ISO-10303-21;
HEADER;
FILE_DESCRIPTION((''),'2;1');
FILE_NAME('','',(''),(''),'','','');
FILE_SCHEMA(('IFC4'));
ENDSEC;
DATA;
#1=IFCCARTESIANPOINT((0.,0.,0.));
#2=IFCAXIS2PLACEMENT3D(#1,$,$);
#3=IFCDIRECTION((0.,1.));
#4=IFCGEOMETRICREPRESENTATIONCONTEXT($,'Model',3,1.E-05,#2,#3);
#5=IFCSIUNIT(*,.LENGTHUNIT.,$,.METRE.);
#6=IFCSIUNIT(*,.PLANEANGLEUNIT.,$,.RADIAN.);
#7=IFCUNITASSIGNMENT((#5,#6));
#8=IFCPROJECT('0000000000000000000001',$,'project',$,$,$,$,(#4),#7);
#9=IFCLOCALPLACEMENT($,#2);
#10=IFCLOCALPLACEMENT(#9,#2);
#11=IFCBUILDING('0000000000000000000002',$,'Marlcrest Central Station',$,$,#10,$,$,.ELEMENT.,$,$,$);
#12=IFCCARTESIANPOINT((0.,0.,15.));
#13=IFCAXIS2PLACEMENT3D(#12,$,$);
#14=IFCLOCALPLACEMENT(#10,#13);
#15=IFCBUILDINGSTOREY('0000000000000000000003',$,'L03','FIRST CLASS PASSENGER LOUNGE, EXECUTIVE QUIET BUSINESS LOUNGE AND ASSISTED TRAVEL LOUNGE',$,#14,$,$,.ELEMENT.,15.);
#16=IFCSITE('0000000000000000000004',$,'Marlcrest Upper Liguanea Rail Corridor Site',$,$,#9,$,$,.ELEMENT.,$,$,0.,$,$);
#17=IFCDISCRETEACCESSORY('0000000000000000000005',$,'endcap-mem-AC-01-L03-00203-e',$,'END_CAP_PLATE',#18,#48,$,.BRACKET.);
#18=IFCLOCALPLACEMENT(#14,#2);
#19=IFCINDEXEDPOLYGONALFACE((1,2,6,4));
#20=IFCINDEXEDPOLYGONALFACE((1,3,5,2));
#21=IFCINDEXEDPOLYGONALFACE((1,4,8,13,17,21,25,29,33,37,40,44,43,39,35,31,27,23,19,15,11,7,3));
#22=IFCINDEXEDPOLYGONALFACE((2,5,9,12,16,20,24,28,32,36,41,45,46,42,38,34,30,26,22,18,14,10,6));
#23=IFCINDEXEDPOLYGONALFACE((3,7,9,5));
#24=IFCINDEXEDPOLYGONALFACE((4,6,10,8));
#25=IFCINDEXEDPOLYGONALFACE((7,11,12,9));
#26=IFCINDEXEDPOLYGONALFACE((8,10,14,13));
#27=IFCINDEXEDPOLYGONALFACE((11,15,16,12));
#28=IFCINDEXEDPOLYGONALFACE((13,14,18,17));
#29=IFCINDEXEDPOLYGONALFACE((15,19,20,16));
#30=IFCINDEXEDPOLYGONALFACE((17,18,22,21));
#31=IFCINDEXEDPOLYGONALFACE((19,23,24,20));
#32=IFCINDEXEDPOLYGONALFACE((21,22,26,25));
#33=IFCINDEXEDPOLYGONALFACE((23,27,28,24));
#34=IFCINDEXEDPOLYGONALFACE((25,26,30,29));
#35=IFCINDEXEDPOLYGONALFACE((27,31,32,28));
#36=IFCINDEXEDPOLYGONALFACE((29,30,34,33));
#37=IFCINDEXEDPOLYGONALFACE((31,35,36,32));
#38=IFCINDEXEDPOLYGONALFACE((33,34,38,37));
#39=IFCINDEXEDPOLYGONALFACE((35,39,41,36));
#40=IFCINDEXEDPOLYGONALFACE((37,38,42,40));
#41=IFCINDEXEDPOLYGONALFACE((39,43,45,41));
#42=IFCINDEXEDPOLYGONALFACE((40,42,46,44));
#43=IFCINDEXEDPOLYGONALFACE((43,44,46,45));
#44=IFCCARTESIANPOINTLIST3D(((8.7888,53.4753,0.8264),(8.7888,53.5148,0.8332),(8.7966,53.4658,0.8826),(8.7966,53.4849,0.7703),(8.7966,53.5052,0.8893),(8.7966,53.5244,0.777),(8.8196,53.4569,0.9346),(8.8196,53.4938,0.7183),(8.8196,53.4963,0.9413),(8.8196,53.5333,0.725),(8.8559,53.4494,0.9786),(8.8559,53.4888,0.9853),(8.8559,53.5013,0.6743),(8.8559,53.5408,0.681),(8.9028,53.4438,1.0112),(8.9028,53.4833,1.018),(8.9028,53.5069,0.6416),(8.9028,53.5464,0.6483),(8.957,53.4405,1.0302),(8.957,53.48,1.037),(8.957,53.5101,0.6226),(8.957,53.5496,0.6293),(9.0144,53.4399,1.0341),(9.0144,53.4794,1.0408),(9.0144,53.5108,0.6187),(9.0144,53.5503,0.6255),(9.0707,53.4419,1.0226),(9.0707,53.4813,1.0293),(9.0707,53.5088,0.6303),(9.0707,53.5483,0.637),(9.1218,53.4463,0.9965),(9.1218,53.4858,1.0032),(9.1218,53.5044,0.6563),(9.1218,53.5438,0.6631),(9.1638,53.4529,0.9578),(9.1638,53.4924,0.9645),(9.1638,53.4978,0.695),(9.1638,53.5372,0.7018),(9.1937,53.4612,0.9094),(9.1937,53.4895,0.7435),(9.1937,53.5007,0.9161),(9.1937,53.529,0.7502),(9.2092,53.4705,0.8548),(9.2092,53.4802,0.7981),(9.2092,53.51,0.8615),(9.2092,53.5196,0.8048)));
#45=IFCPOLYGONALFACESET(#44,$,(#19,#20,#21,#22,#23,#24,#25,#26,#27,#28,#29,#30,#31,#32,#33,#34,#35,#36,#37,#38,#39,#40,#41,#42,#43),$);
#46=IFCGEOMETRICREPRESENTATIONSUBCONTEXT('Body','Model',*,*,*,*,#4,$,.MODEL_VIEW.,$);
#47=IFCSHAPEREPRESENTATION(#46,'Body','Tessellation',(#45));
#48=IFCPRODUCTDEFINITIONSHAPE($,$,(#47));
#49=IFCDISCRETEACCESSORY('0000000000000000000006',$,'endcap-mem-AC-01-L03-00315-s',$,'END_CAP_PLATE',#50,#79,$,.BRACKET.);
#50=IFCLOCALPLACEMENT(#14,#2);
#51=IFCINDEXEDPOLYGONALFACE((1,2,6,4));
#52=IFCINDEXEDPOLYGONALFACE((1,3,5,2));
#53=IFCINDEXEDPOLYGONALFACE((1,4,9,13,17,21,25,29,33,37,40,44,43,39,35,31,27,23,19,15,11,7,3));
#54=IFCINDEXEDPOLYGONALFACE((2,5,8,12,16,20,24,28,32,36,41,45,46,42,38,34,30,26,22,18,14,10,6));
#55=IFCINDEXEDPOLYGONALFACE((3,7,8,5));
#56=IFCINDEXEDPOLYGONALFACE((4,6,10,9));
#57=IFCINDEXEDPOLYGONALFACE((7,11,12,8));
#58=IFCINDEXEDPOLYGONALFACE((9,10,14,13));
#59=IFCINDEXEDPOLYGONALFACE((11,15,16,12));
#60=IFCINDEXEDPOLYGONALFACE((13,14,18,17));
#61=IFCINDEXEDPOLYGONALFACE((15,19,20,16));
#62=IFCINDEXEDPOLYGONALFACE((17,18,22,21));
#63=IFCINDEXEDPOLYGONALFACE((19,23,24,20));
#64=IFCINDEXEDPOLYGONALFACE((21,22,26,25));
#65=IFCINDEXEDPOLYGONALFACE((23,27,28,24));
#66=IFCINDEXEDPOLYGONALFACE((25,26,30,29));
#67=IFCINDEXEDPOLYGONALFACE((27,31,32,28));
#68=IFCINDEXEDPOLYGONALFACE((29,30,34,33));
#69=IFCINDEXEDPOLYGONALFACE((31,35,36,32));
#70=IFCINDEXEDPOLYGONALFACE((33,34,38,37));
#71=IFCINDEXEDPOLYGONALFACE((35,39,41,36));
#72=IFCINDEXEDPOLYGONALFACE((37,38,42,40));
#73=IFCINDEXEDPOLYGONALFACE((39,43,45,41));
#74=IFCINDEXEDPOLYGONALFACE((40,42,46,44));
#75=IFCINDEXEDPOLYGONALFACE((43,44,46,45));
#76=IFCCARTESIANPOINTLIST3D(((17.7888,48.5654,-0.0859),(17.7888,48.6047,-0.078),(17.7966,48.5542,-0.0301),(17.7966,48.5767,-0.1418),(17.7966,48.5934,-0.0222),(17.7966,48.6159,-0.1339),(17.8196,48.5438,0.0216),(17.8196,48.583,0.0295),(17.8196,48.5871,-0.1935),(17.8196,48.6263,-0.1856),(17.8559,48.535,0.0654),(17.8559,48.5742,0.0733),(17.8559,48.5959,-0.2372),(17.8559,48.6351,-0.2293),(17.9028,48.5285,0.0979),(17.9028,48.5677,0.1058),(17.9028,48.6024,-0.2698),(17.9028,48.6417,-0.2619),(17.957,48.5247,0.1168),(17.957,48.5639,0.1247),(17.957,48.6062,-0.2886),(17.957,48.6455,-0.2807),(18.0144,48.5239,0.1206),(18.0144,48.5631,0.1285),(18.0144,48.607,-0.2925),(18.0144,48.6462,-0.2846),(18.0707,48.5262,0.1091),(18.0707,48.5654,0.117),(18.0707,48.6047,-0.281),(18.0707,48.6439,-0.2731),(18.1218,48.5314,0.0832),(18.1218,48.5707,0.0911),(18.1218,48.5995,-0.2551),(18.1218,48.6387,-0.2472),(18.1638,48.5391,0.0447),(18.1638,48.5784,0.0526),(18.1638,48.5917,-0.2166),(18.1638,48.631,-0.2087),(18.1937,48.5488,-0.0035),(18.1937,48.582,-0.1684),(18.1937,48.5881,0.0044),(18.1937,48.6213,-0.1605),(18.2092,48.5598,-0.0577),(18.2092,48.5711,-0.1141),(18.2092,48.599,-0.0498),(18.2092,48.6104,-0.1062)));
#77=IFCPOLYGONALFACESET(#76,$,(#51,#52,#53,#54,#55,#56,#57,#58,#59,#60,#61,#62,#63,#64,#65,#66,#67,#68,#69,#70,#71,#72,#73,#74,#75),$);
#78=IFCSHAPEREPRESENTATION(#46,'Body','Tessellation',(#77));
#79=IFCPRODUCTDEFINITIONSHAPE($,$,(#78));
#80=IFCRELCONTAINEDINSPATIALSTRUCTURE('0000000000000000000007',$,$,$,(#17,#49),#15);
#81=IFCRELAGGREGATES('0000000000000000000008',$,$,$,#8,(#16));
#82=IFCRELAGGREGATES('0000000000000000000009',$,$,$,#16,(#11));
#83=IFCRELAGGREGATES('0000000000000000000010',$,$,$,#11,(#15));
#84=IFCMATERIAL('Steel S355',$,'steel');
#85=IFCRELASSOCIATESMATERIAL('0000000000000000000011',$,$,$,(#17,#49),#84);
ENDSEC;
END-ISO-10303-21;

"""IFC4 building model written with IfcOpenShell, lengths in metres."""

from ifc_helpers import new_model, si_unit, direction, frame, origin, origin_2d, place, context, subcontext, project, spatial, circle, extrude, material, element, save


model = new_model("IFC4")

# Units and contexts
model_context = context("Model", 3, precision=1e-05, world=origin(), true_north=direction((0.0, 1.0)))
body_context = subcontext(model_context, "Body", "Model", "MODEL_VIEW")
ifc_project = project(units=[si_unit("LENGTHUNIT", "METRE"), si_unit("PLANEANGLEUNIT", "RADIAN")], contexts=[model_context])

# Site, building, storey
site_placement = place(None, origin())
site = spatial("IfcSite", under=ifc_project, at=site_placement, Name="Marlcrest Upper Liguanea Rail Corridor Site", CompositionType="ELEMENT", RefElevation=0.0)
building_placement = place(site_placement, origin())
building = spatial("IfcBuilding", under=site, at=building_placement, Name="Marlcrest Central Station", CompositionType="ELEMENT")
storey_placement = place(building_placement, frame((0.0, 0.0, 15.0)))
storey = spatial("IfcBuildingStorey", under=building, at=storey_placement, Name="L03", Description="FIRST CLASS PASSENGER LOUNGE, EXECUTIVE QUIET BUSINESS LOUNGE AND ASSISTED TRAVEL LOUNGE", CompositionType="ELEMENT", Elevation=15.0)

# Shared definitions
ifc_material_1 = material(Name="Steel S355", Category="steel")

# Discrete accessories
for number, where, z_axis, x_axis, name in (
    (1, (9.0, 53.4753, 0.8264), (0.0, 0.985741, 0.168269), (-1.0, 0.0, 0.0), "endcap-mem-AC-01-L03-00203-e"),
    (2, (18.0, 48.5654, -0.0859), (0.0, 0.980359, 0.197219), (-1.0, 0.0, 0.0), "endcap-mem-AC-01-L03-00315-s"),
):
    element("IfcDiscreteAccessory", number, at=place(storey_placement, frame(where, z_axis=z_axis, x_axis=x_axis)), inside=storey, material=ifc_material_1, Name=name, ObjectType="END_CAP_PLATE", PredefinedType="BRACKET", context=body_context, shape_type="SweptSolid", body=[
        extrude(circle(Radius=0.2112, at=origin_2d()), origin(), (0.0, 0.0, 1.0), 0.04),
    ])

save(model, "model.ifc")
